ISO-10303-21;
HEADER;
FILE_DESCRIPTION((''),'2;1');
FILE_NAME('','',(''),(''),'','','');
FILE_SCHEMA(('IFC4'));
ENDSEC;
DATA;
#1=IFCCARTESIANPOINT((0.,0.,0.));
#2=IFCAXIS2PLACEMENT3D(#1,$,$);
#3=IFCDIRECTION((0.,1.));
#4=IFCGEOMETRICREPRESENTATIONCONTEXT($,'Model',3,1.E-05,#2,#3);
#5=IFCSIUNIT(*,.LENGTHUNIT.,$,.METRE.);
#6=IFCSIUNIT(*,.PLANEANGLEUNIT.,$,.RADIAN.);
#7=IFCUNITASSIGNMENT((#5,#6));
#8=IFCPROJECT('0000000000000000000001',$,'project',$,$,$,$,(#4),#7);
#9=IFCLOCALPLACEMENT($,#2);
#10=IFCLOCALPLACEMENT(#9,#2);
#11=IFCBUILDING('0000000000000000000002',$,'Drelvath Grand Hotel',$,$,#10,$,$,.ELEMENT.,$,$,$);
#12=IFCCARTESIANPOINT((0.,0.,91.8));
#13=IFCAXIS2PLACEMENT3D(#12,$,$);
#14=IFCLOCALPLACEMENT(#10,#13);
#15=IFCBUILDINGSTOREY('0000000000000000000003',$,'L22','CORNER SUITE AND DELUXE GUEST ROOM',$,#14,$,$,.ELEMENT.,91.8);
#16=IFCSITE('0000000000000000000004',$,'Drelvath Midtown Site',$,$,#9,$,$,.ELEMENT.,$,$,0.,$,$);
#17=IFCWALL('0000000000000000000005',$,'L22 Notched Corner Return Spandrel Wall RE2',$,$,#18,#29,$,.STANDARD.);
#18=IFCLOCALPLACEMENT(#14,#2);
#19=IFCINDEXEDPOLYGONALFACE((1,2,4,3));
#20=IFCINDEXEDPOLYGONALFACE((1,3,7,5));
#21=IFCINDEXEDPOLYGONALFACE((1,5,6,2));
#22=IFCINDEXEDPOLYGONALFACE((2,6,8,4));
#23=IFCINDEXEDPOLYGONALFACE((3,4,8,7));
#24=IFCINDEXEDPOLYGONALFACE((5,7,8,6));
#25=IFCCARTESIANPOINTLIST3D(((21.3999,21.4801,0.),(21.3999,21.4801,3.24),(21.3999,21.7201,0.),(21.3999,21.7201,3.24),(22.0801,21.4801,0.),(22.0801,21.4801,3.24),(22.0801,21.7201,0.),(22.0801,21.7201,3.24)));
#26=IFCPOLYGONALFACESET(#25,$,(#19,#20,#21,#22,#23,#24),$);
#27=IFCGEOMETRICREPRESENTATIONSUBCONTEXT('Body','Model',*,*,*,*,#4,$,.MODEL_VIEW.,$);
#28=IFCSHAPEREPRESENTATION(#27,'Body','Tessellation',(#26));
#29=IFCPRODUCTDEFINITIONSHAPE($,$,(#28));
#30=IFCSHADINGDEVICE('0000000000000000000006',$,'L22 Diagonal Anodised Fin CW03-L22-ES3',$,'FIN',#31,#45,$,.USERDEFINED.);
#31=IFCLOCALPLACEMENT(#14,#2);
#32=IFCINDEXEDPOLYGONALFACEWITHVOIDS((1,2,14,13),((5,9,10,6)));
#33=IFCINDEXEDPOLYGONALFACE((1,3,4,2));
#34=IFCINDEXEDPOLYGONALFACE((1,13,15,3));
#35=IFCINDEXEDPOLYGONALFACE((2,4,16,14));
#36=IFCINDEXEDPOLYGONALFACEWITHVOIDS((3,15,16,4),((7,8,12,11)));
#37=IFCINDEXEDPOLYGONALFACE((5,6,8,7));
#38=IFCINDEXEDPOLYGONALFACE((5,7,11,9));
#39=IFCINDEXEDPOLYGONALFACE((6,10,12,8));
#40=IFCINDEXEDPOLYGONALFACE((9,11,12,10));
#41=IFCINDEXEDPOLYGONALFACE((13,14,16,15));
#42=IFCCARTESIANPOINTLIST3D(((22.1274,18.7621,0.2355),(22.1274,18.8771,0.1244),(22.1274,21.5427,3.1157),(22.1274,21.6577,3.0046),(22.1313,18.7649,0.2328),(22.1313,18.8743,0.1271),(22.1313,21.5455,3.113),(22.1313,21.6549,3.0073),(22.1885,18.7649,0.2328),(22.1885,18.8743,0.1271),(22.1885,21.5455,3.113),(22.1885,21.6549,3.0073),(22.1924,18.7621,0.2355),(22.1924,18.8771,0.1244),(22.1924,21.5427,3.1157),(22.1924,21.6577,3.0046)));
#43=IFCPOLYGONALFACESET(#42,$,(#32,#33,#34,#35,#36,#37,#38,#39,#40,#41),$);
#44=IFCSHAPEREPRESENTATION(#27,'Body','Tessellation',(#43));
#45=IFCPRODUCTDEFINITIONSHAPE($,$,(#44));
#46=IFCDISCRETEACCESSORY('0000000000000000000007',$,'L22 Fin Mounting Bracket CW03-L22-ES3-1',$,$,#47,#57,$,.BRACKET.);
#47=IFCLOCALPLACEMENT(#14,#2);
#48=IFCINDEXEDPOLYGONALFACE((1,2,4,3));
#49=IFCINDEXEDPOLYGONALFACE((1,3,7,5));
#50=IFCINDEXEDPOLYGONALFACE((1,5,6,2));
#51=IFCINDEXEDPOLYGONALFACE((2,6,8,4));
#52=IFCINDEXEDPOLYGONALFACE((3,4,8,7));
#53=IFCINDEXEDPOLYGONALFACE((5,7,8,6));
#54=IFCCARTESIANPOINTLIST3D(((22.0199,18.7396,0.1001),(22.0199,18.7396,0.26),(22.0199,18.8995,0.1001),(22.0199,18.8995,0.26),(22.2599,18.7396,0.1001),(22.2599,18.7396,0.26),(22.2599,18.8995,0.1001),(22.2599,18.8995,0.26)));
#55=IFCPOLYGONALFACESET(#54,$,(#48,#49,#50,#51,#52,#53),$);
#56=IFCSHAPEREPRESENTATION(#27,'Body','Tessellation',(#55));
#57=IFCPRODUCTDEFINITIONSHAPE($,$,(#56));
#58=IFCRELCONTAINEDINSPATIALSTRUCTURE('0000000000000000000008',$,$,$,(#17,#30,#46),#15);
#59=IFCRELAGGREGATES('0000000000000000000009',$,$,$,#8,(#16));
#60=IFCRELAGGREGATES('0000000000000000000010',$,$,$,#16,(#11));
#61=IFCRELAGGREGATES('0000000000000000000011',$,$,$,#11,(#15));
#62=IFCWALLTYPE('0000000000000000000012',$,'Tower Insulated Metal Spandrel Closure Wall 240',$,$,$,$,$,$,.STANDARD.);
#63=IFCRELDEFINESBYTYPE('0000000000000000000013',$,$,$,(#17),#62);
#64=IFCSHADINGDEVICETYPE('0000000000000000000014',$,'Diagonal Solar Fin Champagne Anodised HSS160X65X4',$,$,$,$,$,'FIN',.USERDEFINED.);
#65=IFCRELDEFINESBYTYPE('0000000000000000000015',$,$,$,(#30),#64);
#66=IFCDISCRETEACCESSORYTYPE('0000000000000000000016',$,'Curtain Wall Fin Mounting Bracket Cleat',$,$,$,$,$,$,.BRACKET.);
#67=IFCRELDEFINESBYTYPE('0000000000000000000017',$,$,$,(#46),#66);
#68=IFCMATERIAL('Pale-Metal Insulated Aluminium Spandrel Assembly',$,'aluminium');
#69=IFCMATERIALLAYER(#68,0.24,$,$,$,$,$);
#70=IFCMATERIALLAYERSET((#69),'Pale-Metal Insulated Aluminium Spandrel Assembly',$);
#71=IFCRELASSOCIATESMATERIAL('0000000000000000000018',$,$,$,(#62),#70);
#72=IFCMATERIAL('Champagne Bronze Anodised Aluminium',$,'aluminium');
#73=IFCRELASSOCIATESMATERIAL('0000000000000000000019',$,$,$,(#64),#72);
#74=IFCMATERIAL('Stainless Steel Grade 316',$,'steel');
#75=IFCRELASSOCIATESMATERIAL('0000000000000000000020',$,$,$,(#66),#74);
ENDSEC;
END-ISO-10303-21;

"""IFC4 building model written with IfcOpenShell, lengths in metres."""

from ifc_helpers import new_model, si_unit, direction, frame, frame_2d, origin, origin_2d, place, context, subcontext, project, spatial, rectangle, hollow_rectangle, extrude, material, layer, layer_set, material_profile, profile_set, type_object, element, save


model = new_model("IFC4")

# Units and contexts
model_context = context("Model", 3, precision=1e-05, world=origin(), true_north=direction((0.0, 1.0)))
body_context = subcontext(model_context, "Body", "Model", "MODEL_VIEW")
ifc_project = project(units=[si_unit("LENGTHUNIT", "METRE"), si_unit("PLANEANGLEUNIT", "RADIAN")], contexts=[model_context])

# Site, building, storey
site_placement = place(None, origin())
site = spatial("IfcSite", under=ifc_project, at=site_placement, Name="Drelvath Midtown Site", CompositionType="ELEMENT", RefElevation=0.0)
building_placement = place(site_placement, origin())
building = spatial("IfcBuilding", under=site, at=building_placement, Name="Drelvath Grand Hotel", CompositionType="ELEMENT")
storey_placement = place(building_placement, frame((0.0, 0.0, 91.8)))
storey = spatial("IfcBuildingStorey", under=building, at=storey_placement, Name="L22", Description="CORNER SUITE AND DELUXE GUEST ROOM", CompositionType="ELEMENT", Elevation=91.8)

# Shared definitions
ifc_material_1 = material(Name="Pale-Metal Insulated Aluminium Spandrel Assembly", Category="aluminium")
ifc_layer_1 = layer(ifc_material_1, 0.24)
ifc_layer_set_1 = layer_set([ifc_layer_1], Name="Pale-Metal Insulated Aluminium Spandrel Assembly")
wall_type_1 = type_object("IfcWallType", Name="Tower Insulated Metal Spandrel Closure Wall 240", PredefinedType="STANDARD", material=ifc_layer_set_1)

# Wall
wall_1_placement = place(storey_placement, frame((21.3999, 21.6001, 0.0), z_axis=(0.0, 0.0, 1.0), x_axis=(1.0, 0.0, 0.0)))
element("IfcWall", 1, at=wall_1_placement, inside=storey, type_object=wall_type_1, Name="L22 Notched Corner Return Spandrel Wall RE2", PredefinedType="STANDARD", context=body_context, shape_type="SweptSolid", body=[
    extrude(rectangle(XDim=0.6802, YDim=0.24, at=frame_2d((0.3401, 0.0))), origin(), (0.0, 0.0, 1.0), 3.24),
])

# Shading device
ifc_material_2 = material(Name="Champagne Bronze Anodised Aluminium", Category="aluminium")
ifc_material_profile_1 = material_profile(ifc_material_2, hollow_rectangle(XDim=0.0649, YDim=0.1599, WallThickness=0.0039, at=origin_2d()), Name="HSS160X65X4")
ifc_profile_set_1 = profile_set([ifc_material_profile_1], Name="Champagne Bronze Anodised Aluminium")
shading_device_type = type_object("IfcShadingDeviceType", Name="Diagonal Solar Fin Champagne Anodised HSS160X65X4", ElementType="FIN", PredefinedType="USERDEFINED", material=ifc_profile_set_1)
shading_device_placement = place(storey_placement, frame((22.1599, 18.8196, 0.1799), z_axis=(0.0, 0.694556, 0.719438), x_axis=(-1.0, 0.0, 0.0)))
element("IfcShadingDevice", 2, at=shading_device_placement, inside=storey, type_object=shading_device_type, Name="L22 Diagonal Anodised Fin CW03-L22-ES3", ObjectType="FIN", PredefinedType="USERDEFINED", context=body_context, shape_type="SweptSolid", body=[
    extrude(hollow_rectangle(XDim=0.0649, YDim=0.1599, WallThickness=0.0039, at=origin_2d()), origin(), (0.0, 0.0, 1.0), 4.0034),
])

# Discrete accessory
ifc_material_3 = material(Name="Stainless Steel Grade 316", Category="steel")
discrete_accessory_type = type_object("IfcDiscreteAccessoryType", Name="Curtain Wall Fin Mounting Bracket Cleat", PredefinedType="BRACKET", material=ifc_material_3)
discrete_accessory_placement = place(storey_placement, frame((22.1399, 18.8196, 0.1001), z_axis=(0.0, 0.0, 1.0), x_axis=(0.0, -1.0, 0.0)))
element("IfcDiscreteAccessory", 3, at=discrete_accessory_placement, inside=storey, type_object=discrete_accessory_type, Name="L22 Fin Mounting Bracket CW03-L22-ES3-1", PredefinedType="BRACKET", context=body_context, shape_type="SweptSolid", body=[
    extrude(rectangle(XDim=0.1599, YDim=0.24, at=origin_2d()), origin(), (0.0, 0.0, 1.0), 0.1599),
])

save(model, "model.ifc")
